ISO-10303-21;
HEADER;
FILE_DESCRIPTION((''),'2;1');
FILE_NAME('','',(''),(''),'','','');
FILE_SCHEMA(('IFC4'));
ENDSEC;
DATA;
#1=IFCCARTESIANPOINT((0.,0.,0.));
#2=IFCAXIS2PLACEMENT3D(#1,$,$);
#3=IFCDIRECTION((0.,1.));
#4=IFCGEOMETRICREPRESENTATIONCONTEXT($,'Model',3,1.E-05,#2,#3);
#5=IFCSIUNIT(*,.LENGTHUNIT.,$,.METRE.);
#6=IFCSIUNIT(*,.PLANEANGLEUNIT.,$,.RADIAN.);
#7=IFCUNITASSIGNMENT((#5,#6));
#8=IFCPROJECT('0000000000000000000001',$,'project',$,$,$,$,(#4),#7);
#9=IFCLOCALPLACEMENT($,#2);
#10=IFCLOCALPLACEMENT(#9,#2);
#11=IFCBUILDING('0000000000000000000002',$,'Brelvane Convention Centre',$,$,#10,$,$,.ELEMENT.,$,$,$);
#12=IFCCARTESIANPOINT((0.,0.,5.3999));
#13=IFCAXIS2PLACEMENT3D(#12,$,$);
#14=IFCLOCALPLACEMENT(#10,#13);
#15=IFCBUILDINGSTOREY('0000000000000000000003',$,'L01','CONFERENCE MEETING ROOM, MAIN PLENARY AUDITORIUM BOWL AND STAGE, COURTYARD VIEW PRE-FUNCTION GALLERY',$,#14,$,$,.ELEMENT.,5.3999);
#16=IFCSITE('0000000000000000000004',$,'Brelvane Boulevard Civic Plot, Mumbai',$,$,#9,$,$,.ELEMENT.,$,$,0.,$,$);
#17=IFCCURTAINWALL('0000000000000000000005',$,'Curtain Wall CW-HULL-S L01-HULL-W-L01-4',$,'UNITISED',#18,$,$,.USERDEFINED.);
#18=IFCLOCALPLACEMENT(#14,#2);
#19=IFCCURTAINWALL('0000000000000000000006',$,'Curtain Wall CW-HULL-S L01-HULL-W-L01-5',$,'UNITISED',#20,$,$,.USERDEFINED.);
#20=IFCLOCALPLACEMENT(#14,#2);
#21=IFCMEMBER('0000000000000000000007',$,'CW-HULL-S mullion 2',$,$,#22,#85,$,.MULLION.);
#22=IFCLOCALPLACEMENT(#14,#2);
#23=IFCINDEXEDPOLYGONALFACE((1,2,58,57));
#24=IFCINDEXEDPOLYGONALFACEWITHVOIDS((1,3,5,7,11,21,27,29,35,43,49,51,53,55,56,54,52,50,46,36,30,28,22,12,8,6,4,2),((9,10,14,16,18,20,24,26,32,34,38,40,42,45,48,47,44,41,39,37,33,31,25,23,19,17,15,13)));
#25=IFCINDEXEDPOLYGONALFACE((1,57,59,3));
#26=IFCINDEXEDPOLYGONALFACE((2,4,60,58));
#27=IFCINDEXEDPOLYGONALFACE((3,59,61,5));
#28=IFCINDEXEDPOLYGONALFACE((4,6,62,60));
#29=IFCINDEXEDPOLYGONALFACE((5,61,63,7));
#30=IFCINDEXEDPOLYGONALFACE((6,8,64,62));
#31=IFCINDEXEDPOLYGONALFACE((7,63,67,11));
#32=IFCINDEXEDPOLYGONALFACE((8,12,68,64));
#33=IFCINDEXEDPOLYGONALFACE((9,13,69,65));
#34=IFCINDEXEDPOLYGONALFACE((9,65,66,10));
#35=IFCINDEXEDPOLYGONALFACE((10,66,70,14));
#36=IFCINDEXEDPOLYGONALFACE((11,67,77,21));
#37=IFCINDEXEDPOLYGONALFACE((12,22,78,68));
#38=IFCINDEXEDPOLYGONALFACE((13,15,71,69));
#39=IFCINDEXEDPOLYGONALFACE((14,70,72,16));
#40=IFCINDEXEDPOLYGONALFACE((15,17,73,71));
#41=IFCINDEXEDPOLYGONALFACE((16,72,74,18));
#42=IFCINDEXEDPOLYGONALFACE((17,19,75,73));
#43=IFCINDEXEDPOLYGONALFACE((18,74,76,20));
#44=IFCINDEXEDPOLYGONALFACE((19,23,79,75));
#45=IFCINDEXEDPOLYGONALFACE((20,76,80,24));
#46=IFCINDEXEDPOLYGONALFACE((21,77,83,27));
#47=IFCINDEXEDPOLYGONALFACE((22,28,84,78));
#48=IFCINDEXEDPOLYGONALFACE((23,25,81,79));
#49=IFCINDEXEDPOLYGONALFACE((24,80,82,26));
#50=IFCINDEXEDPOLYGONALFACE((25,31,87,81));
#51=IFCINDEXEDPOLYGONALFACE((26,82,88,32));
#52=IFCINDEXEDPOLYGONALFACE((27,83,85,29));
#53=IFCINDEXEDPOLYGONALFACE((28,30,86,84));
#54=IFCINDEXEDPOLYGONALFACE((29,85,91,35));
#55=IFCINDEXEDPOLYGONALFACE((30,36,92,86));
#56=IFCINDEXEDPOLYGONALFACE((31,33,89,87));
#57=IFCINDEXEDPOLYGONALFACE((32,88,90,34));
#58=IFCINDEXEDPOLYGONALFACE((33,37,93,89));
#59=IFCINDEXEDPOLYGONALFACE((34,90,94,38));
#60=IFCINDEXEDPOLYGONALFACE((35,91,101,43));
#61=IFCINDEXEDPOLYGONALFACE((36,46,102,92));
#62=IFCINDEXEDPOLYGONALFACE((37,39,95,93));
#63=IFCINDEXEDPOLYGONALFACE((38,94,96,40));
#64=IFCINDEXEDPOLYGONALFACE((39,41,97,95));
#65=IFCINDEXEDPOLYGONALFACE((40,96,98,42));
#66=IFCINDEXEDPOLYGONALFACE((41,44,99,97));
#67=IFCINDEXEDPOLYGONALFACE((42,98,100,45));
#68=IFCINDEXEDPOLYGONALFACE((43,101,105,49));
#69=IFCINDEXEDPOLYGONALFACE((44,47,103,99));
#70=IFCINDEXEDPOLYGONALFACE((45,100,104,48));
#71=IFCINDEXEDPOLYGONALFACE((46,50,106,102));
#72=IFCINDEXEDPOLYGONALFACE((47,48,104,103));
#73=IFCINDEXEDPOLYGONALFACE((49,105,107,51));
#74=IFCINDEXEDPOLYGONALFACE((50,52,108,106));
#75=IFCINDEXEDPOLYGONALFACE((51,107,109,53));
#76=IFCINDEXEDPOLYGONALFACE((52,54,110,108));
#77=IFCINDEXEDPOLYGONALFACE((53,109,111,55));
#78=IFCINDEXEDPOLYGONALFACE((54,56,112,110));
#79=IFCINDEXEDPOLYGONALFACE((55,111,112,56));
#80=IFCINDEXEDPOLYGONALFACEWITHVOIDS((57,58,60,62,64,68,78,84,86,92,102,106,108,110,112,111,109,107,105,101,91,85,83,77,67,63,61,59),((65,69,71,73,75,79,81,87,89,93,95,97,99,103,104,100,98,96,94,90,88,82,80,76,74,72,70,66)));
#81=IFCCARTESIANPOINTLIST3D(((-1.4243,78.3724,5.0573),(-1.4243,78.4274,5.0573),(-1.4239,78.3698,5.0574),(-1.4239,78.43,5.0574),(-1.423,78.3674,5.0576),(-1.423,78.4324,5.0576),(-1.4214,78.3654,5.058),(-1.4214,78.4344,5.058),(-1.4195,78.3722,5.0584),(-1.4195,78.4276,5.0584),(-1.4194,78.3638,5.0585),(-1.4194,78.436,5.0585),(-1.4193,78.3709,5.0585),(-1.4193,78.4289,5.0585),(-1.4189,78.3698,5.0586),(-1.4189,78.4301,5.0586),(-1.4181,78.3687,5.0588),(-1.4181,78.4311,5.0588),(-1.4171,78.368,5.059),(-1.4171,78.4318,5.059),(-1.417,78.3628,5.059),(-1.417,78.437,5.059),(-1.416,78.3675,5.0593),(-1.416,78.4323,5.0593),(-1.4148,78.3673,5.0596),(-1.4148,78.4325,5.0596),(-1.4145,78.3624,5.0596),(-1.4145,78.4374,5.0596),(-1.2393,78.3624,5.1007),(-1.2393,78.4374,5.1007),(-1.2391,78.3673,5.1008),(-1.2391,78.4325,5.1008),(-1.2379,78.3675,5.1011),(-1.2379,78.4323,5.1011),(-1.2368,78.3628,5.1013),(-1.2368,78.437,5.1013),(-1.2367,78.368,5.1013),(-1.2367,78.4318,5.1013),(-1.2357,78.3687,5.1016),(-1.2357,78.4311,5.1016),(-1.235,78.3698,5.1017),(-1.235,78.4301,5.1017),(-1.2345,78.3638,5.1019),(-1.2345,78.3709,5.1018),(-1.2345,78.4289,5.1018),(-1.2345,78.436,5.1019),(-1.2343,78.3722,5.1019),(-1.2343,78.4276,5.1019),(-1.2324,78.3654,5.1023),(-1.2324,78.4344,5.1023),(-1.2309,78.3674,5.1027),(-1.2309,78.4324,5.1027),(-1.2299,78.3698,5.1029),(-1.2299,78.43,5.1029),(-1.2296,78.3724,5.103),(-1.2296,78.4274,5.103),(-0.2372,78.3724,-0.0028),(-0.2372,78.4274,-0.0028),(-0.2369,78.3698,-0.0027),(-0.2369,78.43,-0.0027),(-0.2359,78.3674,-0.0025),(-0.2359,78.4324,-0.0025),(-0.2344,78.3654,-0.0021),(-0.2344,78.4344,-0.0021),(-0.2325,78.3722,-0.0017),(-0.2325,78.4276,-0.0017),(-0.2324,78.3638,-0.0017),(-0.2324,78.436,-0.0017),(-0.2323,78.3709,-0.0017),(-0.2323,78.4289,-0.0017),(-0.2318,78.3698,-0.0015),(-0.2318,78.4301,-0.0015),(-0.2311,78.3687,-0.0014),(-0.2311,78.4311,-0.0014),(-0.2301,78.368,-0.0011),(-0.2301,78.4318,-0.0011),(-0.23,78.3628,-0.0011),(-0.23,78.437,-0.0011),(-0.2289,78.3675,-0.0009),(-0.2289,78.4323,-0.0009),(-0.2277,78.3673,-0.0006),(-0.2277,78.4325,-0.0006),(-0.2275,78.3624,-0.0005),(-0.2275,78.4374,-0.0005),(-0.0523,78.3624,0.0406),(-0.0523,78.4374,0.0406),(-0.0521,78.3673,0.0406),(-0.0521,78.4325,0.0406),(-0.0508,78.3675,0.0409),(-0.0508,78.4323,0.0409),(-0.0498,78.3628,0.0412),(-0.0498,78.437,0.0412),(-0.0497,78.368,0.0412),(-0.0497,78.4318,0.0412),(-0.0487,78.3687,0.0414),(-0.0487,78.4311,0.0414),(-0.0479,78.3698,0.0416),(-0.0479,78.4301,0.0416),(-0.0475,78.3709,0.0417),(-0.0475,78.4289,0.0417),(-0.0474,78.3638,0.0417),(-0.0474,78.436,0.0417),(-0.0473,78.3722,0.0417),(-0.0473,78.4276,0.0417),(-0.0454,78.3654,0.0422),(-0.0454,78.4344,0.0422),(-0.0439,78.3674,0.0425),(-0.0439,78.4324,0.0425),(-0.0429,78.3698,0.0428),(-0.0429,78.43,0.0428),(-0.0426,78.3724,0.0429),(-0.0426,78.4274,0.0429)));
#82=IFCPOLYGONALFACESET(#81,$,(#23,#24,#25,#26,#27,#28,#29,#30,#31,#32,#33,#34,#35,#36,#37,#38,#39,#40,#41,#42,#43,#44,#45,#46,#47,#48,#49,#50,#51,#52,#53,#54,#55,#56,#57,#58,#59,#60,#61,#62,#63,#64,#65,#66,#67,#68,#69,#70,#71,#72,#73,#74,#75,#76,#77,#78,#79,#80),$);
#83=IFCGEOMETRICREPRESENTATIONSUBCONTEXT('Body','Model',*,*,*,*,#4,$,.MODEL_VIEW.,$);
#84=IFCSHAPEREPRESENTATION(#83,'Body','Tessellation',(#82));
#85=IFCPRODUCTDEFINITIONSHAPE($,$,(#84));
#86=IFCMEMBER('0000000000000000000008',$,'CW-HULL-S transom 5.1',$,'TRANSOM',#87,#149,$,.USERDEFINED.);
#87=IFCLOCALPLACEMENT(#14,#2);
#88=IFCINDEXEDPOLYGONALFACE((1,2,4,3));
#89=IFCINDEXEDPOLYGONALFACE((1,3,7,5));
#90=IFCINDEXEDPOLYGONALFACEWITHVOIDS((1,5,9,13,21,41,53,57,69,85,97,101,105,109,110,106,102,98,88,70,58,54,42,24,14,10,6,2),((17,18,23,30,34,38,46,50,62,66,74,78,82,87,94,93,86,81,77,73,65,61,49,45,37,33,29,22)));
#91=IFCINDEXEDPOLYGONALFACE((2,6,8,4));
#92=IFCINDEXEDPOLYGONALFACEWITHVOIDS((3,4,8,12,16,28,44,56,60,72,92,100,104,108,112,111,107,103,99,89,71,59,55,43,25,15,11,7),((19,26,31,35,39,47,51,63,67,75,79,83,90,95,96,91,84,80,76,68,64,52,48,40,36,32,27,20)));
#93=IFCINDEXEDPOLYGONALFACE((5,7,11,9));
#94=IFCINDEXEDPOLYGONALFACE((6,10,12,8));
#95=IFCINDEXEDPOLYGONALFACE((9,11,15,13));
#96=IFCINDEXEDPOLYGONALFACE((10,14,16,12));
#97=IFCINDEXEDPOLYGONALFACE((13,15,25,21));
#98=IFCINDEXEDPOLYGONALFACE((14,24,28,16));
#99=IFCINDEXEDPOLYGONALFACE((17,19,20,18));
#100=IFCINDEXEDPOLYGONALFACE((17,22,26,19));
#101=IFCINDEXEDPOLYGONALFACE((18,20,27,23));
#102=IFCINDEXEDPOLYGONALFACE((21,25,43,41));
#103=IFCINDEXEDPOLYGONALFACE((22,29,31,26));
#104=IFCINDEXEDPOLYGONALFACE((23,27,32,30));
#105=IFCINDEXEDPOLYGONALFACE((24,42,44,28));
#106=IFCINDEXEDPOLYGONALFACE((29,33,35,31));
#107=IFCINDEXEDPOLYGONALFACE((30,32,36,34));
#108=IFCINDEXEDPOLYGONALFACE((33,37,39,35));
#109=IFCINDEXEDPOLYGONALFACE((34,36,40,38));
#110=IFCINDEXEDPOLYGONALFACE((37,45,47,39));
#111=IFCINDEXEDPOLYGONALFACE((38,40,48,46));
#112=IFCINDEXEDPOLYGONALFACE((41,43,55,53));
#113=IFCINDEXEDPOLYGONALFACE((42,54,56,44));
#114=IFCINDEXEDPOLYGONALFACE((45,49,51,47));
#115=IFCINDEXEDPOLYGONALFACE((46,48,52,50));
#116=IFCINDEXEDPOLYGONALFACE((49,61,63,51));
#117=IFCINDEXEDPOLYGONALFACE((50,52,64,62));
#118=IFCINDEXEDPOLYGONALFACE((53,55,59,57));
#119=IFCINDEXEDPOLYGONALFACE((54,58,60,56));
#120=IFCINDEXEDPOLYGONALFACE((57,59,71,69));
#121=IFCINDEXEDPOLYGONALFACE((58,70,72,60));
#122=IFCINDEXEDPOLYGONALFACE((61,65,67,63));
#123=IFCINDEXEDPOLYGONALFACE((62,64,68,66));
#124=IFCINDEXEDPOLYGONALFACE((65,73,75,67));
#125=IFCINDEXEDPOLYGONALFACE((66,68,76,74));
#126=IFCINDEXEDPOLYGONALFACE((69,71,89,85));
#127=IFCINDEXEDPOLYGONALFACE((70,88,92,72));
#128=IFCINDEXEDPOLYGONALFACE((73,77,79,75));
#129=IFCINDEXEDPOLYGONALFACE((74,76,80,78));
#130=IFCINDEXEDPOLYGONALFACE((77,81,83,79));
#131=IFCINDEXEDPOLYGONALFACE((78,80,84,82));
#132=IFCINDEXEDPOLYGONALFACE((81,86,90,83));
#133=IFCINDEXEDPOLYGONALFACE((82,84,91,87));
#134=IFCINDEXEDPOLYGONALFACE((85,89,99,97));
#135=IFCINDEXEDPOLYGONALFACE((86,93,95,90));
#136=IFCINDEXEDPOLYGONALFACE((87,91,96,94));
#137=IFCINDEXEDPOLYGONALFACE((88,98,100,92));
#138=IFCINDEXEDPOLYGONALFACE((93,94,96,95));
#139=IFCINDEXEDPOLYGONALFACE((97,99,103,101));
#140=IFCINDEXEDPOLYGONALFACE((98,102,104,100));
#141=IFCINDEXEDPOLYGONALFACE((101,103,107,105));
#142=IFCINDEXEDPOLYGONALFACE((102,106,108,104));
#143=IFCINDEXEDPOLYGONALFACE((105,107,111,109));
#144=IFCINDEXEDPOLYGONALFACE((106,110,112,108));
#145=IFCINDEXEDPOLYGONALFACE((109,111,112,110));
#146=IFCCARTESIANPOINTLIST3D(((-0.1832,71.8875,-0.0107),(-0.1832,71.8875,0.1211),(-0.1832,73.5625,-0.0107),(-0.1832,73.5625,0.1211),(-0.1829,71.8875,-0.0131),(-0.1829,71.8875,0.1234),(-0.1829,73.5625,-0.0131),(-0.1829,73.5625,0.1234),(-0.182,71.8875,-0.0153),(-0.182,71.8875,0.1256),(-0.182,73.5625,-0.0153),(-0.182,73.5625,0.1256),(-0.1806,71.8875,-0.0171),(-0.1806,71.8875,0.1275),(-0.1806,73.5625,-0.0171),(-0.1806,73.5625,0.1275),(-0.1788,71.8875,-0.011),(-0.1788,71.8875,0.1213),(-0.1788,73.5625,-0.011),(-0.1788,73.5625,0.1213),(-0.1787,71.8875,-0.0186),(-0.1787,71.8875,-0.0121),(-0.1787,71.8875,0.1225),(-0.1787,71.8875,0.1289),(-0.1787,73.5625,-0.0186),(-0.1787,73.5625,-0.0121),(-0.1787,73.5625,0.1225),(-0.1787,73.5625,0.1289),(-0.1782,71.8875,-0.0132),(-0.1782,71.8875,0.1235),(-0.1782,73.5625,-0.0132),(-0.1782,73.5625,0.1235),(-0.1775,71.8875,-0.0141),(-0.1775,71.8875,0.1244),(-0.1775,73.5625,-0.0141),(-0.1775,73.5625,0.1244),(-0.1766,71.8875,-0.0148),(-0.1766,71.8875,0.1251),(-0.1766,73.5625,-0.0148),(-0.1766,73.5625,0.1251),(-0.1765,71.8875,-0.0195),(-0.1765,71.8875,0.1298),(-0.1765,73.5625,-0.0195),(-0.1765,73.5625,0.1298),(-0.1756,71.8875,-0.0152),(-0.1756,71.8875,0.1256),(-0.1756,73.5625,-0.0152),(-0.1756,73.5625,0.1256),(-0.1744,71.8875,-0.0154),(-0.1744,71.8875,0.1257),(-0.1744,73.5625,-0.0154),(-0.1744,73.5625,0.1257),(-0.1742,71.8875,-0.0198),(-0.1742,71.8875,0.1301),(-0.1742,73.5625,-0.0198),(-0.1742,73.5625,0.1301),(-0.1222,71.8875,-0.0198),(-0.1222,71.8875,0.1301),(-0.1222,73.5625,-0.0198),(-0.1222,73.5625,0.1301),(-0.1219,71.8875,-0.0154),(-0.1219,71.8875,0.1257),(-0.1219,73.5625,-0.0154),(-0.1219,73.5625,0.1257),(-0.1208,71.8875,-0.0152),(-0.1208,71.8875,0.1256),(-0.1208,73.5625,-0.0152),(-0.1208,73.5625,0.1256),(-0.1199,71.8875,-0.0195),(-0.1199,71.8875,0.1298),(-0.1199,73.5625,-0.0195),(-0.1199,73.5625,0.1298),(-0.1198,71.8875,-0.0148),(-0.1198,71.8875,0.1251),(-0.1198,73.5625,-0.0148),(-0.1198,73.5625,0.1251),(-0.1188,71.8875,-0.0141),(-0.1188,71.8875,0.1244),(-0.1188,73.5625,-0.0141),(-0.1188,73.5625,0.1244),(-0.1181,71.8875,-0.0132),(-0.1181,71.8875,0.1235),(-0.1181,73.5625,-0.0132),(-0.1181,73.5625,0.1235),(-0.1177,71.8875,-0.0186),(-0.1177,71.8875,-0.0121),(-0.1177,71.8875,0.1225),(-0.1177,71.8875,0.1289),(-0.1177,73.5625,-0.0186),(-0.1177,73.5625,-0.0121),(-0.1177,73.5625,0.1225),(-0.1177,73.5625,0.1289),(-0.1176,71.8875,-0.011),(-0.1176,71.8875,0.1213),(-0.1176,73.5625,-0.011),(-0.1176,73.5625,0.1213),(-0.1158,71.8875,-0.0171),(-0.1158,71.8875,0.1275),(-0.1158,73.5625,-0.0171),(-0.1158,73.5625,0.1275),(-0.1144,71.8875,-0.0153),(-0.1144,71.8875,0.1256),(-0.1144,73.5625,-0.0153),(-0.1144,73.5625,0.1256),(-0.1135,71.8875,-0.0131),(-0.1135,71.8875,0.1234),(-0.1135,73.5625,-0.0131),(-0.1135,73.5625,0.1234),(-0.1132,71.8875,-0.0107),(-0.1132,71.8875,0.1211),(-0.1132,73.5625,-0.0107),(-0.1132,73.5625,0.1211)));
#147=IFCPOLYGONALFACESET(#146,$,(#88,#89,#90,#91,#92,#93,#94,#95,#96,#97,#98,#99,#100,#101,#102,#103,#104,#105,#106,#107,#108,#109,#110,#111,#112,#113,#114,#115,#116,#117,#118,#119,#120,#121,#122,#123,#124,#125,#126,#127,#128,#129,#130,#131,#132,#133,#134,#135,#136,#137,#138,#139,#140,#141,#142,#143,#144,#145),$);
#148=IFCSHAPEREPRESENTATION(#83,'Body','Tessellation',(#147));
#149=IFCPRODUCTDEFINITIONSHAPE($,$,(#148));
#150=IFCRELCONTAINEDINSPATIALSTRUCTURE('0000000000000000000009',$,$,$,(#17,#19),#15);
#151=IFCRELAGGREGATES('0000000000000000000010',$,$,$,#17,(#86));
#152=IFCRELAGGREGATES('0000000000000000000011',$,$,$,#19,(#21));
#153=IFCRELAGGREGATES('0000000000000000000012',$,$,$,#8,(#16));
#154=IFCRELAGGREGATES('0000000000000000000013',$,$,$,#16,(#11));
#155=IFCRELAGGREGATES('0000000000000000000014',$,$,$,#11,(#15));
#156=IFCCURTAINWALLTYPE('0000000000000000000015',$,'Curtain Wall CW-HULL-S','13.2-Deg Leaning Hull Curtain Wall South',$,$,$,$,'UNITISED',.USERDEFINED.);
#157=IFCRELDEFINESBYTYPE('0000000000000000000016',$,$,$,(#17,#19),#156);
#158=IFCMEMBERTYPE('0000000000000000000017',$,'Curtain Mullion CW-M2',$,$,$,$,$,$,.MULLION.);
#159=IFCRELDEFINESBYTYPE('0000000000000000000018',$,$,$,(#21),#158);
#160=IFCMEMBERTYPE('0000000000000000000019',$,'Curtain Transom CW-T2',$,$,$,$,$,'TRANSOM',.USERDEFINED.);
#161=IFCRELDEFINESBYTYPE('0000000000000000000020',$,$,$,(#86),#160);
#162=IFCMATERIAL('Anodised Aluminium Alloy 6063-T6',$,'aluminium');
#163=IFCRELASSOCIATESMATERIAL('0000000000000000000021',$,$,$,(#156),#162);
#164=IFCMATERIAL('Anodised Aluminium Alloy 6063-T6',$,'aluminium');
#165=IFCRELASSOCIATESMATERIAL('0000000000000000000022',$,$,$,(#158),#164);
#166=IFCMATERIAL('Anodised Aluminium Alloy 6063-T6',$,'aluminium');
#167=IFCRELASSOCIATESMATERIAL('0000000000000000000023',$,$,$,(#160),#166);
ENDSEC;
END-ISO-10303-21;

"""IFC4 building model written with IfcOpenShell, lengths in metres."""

from ifc_helpers import new_model, si_unit, direction, frame, origin, origin_2d, place, context, subcontext, project, spatial, hollow_rectangle, extrude, material, material_profile, profile_set, type_object, element, aggregate, save


model = new_model("IFC4")

# Units and contexts
model_context = context("Model", 3, precision=1e-05, world=origin(), true_north=direction((0.0, 1.0)))
body_context = subcontext(model_context, "Body", "Model", "MODEL_VIEW")
ifc_project = project(units=[si_unit("LENGTHUNIT", "METRE"), si_unit("PLANEANGLEUNIT", "RADIAN")], contexts=[model_context])

# Site, building, storey
site_placement = place(None, origin())
site = spatial("IfcSite", under=ifc_project, at=site_placement, Name="Brelvane Boulevard Civic Plot, Mumbai", CompositionType="ELEMENT", RefElevation=0.0)
building_placement = place(site_placement, origin())
building = spatial("IfcBuilding", under=site, at=building_placement, Name="Brelvane Convention Centre", CompositionType="ELEMENT")
storey_placement = place(building_placement, frame((0.0, 0.0, 5.3999)))
storey = spatial("IfcBuildingStorey", under=building, at=storey_placement, Name="L01", Description="CONFERENCE MEETING ROOM, MAIN PLENARY AUDITORIUM BOWL AND STAGE, COURTYARD VIEW PRE-FUNCTION GALLERY", CompositionType="ELEMENT", Elevation=5.3999)

# Curtain walls, member
ifc_material_1 = material(Name="Anodised Aluminium Alloy 6063-T6", Category="aluminium")
curtain_wall_type = type_object("IfcCurtainWallType", Name="Curtain Wall CW-HULL-S", Description="13.2-Deg Leaning Hull Curtain Wall South", ElementType="UNITISED", PredefinedType="USERDEFINED", material=ifc_material_1)
curtain_wall_1_placement = place(storey_placement, origin())
curtain_wall_1 = element("IfcCurtainWall", 1, at=curtain_wall_1_placement, inside=storey, type_object=curtain_wall_type, Name="Curtain Wall CW-HULL-S L01-HULL-W-L01-4", ObjectType="UNITISED", PredefinedType="USERDEFINED")
ifc_material_2 = material(Name="Anodised Aluminium Alloy 6063-T6", Category="aluminium")
ifc_material_profile_1 = material_profile(ifc_material_2, hollow_rectangle(XDim=0.075, YDim=0.2, WallThickness=0.0049, InnerFilletRadius=0.0049, OuterFilletRadius=0.01, at=origin_2d()), Name="ALU-M 200x75x5.0")
ifc_profile_set_1 = profile_set([ifc_material_profile_1], Name="Anodised Aluminium Alloy 6063-T6")
member_type_1 = type_object("IfcMemberType", Name="Curtain Mullion CW-M2", PredefinedType="MULLION", material=ifc_profile_set_1)
curtain_wall_2_placement = place(storey_placement, origin())
curtain_wall_2 = element("IfcCurtainWall", 2, at=curtain_wall_2_placement, inside=storey, type_object=curtain_wall_type, Name="Curtain Wall CW-HULL-S L01-HULL-W-L01-5", ObjectType="UNITISED", PredefinedType="USERDEFINED")
member_1_placement = place(storey_placement, frame((-0.1399, 78.3999, 0.02), z_axis=(-0.228385, 0.0, 0.973571), x_axis=(0.0, -1.0, 0.0)))
member_1 = element("IfcMember", 3, at=member_1_placement, type_object=member_type_1, Name="CW-HULL-S mullion 2", PredefinedType="MULLION", context=body_context, shape_type="SweptSolid", body=[
    extrude(hollow_rectangle(XDim=0.075, YDim=0.2, WallThickness=0.0049, InnerFilletRadius=0.0049, OuterFilletRadius=0.01, at=origin_2d()), origin(), (0.0, 0.0, 1.0), 5.1975),
])

# Member
ifc_material_3 = material(Name="Anodised Aluminium Alloy 6063-T6", Category="aluminium")
ifc_material_profile_2 = material_profile(ifc_material_3, hollow_rectangle(XDim=0.0701, YDim=0.1499, WallThickness=0.0044, InnerFilletRadius=0.0044, OuterFilletRadius=0.009, at=origin_2d()), Name="ALU-T 150x70x4.5")
ifc_profile_set_2 = profile_set([ifc_material_profile_2], Name="Anodised Aluminium Alloy 6063-T6")
member_type_2 = type_object("IfcMemberType", Name="Curtain Transom CW-T2", ElementType="TRANSOM", PredefinedType="USERDEFINED", material=ifc_profile_set_2)
member_2_placement = place(storey_placement, frame((-0.1482, 71.8875, 0.0552), z_axis=(0.0, 1.0, 0.0), x_axis=(-1.0, 0.0, 0.0)))
member_2 = element("IfcMember", 4, at=member_2_placement, type_object=member_type_2, Name="CW-HULL-S transom 5.1", ObjectType="TRANSOM", PredefinedType="USERDEFINED", context=body_context, shape_type="SweptSolid", body=[
    extrude(hollow_rectangle(XDim=0.0701, YDim=0.1499, WallThickness=0.0044, InnerFilletRadius=0.0044, OuterFilletRadius=0.009, at=origin_2d()), origin(), (0.0, 0.0, 1.0), 1.675),
])

aggregate(curtain_wall_1, [member_2])
aggregate(curtain_wall_2, [member_1])

save(model, "model.ifc")
